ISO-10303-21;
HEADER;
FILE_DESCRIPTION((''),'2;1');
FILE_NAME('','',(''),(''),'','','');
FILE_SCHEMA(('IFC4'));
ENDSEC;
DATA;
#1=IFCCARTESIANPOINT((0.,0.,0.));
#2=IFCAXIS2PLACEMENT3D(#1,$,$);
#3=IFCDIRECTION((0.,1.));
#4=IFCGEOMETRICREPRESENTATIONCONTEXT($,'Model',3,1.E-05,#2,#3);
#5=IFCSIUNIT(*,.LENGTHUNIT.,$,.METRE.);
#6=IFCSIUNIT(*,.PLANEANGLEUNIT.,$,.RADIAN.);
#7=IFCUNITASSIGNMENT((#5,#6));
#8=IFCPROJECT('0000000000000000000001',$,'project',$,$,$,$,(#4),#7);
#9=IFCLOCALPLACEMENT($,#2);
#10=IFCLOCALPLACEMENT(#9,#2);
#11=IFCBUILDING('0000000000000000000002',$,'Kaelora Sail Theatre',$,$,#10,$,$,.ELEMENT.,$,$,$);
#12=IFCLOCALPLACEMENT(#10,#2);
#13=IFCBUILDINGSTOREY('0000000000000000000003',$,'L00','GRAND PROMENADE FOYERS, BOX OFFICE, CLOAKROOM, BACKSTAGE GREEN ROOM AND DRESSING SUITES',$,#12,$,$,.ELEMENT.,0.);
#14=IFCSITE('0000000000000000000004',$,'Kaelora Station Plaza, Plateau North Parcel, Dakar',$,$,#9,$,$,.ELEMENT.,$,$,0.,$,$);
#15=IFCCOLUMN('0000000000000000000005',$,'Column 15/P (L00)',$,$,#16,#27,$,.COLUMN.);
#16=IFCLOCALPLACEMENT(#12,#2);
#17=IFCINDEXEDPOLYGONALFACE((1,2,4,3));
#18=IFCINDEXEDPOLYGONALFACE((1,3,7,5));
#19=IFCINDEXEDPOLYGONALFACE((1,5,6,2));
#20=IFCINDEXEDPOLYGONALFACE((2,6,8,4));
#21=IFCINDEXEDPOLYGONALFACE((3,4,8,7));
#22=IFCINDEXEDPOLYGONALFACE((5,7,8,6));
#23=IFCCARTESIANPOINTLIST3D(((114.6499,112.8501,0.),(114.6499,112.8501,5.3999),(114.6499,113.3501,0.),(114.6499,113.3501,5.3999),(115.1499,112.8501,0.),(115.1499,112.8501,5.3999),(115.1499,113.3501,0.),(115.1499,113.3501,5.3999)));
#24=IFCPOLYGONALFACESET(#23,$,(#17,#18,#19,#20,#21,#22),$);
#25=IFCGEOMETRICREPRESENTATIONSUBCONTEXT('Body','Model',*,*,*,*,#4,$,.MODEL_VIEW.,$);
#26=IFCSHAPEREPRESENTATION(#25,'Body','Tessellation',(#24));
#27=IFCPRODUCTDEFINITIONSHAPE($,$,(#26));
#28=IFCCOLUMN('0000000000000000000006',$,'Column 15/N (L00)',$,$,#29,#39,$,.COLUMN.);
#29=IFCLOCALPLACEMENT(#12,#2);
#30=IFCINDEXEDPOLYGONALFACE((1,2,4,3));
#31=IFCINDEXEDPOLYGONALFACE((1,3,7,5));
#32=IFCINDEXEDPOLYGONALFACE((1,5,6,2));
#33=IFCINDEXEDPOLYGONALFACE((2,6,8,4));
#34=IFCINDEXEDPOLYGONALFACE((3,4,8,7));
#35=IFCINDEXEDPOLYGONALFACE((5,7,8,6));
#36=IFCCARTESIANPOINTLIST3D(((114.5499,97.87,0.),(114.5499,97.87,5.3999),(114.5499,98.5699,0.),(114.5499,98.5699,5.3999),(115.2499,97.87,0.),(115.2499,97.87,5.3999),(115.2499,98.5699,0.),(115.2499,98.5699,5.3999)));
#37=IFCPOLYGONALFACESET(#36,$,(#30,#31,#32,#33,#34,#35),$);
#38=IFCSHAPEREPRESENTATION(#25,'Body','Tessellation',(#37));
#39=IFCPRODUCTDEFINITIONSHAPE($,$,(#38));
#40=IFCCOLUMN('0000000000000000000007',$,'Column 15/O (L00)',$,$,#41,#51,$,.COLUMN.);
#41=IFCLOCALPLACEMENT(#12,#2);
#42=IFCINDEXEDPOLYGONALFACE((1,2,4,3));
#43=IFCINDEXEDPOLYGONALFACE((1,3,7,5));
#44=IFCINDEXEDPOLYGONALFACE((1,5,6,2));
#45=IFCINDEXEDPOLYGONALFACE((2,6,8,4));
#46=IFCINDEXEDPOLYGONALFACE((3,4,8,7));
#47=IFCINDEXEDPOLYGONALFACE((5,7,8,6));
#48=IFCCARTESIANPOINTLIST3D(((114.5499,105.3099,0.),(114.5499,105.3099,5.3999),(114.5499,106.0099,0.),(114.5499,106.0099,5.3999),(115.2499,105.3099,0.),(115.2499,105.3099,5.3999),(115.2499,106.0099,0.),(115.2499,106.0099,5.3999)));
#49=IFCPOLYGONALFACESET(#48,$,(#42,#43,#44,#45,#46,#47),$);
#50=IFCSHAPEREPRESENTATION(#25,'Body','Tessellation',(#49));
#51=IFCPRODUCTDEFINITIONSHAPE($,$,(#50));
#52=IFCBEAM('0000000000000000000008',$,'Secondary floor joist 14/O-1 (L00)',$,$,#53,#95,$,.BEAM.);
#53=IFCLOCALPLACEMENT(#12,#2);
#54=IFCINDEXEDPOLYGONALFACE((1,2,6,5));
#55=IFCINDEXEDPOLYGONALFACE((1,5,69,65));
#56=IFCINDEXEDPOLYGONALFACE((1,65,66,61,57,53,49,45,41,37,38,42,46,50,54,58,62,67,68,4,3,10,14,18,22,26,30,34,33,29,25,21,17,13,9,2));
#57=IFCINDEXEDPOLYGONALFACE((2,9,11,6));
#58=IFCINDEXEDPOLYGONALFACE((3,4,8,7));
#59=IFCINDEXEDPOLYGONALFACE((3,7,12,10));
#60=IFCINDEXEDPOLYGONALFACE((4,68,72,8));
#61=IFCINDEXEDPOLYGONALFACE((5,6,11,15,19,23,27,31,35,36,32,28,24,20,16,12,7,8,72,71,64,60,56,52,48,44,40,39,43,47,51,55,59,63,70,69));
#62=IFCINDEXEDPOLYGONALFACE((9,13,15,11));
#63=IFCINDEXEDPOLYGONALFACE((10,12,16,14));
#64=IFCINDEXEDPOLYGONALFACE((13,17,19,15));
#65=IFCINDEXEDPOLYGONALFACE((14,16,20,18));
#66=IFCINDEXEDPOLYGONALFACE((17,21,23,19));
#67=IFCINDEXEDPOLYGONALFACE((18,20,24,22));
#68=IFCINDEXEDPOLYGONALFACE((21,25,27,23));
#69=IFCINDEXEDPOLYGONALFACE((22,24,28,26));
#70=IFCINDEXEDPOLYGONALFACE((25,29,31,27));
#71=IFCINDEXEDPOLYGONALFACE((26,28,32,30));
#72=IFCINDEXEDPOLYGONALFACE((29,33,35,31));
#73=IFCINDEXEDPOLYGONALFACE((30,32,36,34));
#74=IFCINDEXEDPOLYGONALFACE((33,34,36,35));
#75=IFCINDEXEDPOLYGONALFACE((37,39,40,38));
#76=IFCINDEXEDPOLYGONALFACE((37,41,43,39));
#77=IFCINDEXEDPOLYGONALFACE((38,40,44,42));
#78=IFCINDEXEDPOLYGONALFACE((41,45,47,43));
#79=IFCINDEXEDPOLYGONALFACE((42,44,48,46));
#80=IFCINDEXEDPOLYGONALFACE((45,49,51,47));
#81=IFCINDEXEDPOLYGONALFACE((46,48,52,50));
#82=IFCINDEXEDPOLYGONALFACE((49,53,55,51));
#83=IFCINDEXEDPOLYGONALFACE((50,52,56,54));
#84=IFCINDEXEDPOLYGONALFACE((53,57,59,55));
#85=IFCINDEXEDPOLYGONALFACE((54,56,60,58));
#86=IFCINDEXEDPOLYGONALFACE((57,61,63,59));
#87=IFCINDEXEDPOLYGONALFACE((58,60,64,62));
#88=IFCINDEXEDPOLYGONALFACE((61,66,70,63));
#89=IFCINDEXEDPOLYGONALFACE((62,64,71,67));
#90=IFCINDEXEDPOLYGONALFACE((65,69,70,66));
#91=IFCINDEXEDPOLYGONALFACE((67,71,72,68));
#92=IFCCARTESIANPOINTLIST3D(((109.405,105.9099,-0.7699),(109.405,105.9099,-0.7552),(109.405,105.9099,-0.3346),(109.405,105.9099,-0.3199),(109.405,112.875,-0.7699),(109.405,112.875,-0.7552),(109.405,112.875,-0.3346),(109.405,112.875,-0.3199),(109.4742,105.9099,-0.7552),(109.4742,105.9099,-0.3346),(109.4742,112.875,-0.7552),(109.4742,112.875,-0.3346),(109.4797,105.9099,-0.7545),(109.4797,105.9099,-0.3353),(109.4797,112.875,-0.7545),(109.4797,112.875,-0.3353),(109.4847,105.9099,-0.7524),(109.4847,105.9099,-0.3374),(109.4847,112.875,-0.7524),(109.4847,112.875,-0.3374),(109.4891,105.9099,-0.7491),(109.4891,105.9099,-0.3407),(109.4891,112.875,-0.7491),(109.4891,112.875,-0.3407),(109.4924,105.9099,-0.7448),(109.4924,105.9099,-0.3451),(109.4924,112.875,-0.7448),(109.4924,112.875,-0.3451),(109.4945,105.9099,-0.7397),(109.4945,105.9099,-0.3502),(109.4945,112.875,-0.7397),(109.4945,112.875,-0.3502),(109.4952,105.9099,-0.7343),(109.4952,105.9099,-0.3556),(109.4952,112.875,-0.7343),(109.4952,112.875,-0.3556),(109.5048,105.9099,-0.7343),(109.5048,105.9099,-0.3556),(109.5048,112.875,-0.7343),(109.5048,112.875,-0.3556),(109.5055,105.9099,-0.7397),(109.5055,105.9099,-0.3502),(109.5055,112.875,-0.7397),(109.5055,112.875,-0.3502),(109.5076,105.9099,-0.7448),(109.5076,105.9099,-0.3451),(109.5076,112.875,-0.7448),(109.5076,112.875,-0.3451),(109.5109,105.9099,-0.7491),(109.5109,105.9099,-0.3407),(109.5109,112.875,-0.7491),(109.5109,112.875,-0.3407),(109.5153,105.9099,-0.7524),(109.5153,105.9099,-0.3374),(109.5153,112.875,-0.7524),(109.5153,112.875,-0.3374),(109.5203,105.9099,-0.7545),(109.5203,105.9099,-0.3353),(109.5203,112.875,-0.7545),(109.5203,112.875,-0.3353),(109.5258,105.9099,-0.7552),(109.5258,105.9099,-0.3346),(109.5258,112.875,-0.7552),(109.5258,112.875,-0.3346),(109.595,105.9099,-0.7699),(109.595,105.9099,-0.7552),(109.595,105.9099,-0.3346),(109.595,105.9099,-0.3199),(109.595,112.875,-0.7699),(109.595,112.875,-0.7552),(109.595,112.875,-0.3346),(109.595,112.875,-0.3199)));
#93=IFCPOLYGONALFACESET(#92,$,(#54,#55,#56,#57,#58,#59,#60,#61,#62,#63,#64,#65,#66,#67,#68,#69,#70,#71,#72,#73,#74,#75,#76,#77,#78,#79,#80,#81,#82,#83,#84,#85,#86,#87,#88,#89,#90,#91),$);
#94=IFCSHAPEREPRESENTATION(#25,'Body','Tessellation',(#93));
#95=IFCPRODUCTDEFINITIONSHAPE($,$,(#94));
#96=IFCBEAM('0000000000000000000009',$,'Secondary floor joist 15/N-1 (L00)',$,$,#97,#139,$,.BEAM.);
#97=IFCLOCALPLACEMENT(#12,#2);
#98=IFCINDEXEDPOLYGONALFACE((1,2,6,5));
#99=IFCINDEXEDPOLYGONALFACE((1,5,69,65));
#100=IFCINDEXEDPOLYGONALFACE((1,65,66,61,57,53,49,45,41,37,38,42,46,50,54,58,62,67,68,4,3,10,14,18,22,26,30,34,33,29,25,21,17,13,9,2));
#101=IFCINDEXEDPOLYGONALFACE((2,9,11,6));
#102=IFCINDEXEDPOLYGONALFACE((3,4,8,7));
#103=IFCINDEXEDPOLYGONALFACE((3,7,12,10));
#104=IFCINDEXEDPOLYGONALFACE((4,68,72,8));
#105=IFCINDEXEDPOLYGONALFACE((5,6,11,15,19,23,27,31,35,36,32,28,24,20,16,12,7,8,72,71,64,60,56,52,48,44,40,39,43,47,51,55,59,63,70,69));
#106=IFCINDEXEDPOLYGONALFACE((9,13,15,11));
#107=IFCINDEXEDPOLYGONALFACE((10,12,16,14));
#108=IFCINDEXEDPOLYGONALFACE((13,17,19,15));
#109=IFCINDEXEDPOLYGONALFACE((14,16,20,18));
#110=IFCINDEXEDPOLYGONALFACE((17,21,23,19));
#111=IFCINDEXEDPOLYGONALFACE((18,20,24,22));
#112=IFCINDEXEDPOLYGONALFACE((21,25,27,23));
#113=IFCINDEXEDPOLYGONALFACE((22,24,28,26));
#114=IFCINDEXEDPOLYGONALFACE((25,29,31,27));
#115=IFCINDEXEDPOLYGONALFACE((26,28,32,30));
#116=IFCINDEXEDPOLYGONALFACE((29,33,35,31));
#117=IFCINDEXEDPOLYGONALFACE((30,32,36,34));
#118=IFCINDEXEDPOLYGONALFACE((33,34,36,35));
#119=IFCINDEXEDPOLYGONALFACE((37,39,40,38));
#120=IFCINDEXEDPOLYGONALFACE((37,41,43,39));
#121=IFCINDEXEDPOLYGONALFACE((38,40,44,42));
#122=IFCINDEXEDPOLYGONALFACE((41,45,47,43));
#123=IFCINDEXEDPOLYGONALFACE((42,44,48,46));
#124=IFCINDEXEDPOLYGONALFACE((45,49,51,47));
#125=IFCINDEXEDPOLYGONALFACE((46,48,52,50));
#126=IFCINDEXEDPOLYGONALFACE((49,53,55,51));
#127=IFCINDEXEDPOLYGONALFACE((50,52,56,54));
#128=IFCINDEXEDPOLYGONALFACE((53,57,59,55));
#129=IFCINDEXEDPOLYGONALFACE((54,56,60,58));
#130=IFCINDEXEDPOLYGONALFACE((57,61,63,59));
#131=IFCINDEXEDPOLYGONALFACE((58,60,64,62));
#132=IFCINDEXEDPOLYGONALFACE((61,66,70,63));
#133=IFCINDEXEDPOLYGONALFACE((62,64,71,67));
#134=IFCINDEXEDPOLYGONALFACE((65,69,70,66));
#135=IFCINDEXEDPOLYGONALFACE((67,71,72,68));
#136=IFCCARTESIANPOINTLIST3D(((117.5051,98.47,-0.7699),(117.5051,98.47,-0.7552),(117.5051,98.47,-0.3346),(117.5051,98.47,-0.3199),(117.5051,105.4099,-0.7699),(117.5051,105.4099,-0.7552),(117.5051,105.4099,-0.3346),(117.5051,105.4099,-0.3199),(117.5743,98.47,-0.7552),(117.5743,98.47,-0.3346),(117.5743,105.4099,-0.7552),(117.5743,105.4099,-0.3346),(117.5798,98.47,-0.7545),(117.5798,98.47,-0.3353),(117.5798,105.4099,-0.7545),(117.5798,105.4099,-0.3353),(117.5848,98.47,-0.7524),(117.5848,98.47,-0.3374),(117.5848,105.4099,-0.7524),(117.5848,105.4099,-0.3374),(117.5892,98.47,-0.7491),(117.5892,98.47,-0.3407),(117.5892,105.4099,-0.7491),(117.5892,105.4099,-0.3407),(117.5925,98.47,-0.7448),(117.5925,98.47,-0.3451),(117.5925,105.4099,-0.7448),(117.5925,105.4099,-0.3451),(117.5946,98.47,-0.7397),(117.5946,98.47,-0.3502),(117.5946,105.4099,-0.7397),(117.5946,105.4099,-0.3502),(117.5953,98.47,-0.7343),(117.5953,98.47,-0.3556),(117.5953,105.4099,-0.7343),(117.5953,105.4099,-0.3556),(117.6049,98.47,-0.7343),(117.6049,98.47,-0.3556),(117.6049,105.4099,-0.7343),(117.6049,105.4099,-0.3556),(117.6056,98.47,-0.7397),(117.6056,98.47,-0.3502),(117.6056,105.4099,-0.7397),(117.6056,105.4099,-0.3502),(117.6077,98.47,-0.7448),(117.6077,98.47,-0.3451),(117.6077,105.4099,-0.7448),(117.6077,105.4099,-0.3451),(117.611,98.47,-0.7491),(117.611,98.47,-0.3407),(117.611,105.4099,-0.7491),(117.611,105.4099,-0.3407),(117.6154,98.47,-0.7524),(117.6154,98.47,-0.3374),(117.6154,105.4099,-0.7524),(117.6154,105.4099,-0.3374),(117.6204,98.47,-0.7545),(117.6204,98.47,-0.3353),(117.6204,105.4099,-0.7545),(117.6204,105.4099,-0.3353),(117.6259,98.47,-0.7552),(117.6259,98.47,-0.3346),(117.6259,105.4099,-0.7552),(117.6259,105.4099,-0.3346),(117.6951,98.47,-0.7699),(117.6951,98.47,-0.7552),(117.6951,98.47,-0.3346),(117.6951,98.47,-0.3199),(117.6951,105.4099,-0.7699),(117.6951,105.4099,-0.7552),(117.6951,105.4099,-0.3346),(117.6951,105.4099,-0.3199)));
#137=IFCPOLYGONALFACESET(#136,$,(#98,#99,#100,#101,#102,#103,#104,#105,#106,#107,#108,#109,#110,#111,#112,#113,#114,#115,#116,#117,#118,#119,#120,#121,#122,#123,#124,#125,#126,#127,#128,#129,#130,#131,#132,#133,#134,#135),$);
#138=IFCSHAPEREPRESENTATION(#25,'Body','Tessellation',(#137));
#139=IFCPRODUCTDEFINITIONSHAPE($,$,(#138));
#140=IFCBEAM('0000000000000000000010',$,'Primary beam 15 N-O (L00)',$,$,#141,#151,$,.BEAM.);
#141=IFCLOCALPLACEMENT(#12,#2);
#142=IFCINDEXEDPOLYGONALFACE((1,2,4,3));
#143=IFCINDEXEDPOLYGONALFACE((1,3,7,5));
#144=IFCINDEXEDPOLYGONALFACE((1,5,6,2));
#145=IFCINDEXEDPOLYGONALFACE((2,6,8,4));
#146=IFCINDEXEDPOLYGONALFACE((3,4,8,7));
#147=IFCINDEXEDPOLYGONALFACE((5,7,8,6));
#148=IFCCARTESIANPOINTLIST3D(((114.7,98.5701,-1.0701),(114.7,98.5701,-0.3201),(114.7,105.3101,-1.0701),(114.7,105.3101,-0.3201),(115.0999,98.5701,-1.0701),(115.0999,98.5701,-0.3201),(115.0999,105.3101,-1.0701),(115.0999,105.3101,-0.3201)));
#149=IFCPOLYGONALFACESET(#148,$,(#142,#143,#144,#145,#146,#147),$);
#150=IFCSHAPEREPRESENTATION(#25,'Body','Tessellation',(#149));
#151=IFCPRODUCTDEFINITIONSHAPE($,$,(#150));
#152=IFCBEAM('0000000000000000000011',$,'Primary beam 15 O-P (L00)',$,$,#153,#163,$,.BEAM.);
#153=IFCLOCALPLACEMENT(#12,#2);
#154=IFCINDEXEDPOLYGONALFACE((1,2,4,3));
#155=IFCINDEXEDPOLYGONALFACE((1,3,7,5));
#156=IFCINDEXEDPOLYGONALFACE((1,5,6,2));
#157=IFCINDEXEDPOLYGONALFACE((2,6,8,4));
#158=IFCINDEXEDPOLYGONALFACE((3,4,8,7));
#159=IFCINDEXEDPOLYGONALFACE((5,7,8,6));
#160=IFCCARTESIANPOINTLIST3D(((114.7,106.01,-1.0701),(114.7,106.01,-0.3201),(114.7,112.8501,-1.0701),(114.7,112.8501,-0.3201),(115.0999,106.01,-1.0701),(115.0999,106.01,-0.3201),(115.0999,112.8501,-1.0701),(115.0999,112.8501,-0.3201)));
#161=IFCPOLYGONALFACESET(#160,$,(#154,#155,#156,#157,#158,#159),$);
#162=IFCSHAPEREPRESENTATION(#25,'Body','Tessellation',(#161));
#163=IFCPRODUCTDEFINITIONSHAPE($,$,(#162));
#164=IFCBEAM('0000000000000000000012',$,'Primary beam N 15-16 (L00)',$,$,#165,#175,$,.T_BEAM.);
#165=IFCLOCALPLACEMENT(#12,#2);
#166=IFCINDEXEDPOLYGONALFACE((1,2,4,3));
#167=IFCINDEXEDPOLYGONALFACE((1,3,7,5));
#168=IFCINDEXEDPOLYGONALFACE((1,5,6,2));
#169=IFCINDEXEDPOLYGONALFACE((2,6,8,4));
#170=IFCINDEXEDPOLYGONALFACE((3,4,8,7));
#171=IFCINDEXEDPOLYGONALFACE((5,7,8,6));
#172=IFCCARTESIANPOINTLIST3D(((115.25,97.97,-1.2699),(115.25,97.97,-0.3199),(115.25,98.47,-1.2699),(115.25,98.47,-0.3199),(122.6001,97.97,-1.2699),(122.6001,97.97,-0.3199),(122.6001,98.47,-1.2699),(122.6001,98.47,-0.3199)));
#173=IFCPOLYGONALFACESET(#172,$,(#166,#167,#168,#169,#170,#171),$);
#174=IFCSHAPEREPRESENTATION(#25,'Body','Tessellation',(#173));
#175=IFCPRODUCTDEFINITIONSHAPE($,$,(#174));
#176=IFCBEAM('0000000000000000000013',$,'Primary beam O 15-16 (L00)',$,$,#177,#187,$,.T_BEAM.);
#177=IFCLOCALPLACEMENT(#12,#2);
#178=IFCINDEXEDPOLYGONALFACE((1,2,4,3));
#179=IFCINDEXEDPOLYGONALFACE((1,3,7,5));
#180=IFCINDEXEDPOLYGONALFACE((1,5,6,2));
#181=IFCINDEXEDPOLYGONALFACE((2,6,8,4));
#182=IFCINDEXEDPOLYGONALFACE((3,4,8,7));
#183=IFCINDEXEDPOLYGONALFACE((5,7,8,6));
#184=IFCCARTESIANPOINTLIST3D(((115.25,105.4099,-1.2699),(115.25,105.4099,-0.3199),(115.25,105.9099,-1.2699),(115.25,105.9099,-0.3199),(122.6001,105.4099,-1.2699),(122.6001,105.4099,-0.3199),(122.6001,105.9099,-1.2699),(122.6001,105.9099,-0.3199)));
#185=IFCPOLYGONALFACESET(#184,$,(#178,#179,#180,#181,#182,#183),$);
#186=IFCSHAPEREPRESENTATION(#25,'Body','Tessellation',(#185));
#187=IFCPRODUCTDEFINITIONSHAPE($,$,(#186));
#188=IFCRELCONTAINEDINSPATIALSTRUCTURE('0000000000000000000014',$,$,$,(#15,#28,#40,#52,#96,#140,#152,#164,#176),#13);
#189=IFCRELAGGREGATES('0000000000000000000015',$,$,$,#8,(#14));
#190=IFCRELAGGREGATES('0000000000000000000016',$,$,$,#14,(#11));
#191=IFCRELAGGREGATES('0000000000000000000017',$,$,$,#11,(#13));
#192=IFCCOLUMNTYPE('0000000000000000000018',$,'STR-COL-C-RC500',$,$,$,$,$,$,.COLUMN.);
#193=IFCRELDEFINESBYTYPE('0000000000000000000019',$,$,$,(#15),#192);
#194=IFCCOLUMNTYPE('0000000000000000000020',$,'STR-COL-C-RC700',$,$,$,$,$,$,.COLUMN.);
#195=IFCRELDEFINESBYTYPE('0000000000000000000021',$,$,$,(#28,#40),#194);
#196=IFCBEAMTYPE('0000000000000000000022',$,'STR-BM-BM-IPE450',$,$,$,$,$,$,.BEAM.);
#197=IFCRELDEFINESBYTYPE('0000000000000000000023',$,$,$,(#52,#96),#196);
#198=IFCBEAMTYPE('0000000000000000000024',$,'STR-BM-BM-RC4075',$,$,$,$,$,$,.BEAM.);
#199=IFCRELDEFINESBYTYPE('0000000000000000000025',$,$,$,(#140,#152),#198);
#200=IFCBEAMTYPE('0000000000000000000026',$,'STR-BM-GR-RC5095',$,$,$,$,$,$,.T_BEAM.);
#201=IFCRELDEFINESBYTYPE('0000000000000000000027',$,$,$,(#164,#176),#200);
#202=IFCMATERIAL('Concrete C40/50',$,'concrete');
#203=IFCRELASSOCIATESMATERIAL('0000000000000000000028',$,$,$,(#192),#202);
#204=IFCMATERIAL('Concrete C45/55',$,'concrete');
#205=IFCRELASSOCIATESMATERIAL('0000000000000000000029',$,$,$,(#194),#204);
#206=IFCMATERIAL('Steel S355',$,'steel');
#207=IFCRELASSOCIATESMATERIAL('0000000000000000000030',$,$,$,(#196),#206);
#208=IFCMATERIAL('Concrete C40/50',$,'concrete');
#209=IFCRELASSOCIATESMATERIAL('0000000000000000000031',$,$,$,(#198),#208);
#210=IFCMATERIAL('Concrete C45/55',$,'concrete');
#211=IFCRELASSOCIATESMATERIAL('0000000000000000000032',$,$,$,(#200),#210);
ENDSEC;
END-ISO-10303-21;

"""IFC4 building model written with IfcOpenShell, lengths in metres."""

from ifc_helpers import new_model, si_unit, direction, frame, origin, origin_2d, place, context, subcontext, project, spatial, rectangle, i_section, extrude, material, material_profile, profile_set, type_object, element, save


model = new_model("IFC4")

# Units and contexts
model_context = context("Model", 3, precision=1e-05, world=origin(), true_north=direction((0.0, 1.0)))
body_context = subcontext(model_context, "Body", "Model", "MODEL_VIEW")
ifc_project = project(units=[si_unit("LENGTHUNIT", "METRE"), si_unit("PLANEANGLEUNIT", "RADIAN")], contexts=[model_context])

# Site, building, storey
site_placement = place(None, origin())
site = spatial("IfcSite", under=ifc_project, at=site_placement, Name="Kaelora Station Plaza, Plateau North Parcel, Dakar", CompositionType="ELEMENT", RefElevation=0.0)
building_placement = place(site_placement, origin())
building = spatial("IfcBuilding", under=site, at=building_placement, Name="Kaelora Sail Theatre", CompositionType="ELEMENT")
storey_placement = place(building_placement, origin())
storey = spatial("IfcBuildingStorey", under=building, at=storey_placement, Name="L00", Description="GRAND PROMENADE FOYERS, BOX OFFICE, CLOAKROOM, BACKSTAGE GREEN ROOM AND DRESSING SUITES", CompositionType="ELEMENT", Elevation=0.0)

# Columns
ifc_material_1 = material(Name="Concrete C40/50", Category="concrete")
ifc_material_profile_1 = material_profile(ifc_material_1, rectangle(XDim=0.5, YDim=0.5, at=origin_2d()), Name="RC-COL 500x500")
ifc_profile_set_1 = profile_set([ifc_material_profile_1], Name="Concrete C40/50")
column_type_1 = type_object("IfcColumnType", Name="STR-COL-C-RC500", PredefinedType="COLUMN", material=ifc_profile_set_1)
column_placement = place(storey_placement, frame((114.8999, 113.1001, 0.0), z_axis=(0.0, 0.0, 1.0), x_axis=(1.0, 0.0, 0.0)))
element("IfcColumn", 1, at=column_placement, inside=storey, type_object=column_type_1, Name="Column 15/P (L00)", PredefinedType="COLUMN", context=body_context, shape_type="SweptSolid", body=[
    extrude(rectangle(XDim=0.5, YDim=0.5, at=origin_2d()), origin(), (0.0, 0.0, 1.0), 5.3999),
])
ifc_material_2 = material(Name="Concrete C45/55", Category="concrete")
ifc_material_profile_2 = material_profile(ifc_material_2, rectangle(XDim=0.7, YDim=0.7, at=origin_2d()), Name="RC-COL 700x700")
ifc_profile_set_2 = profile_set([ifc_material_profile_2], Name="Concrete C45/55")
column_type_2 = type_object("IfcColumnType", Name="STR-COL-C-RC700", PredefinedType="COLUMN", material=ifc_profile_set_2)
for number, where, z_axis, x_axis, name in (
    (2, (114.8999, 98.22, 0.0), (0.0, 0.0, 1.0), (1.0, 0.0, 0.0), "Column 15/N (L00)"),
    (3, (114.8999, 105.6599, 0.0), (0.0, 0.0, 1.0), (1.0, 0.0, 0.0), "Column 15/O (L00)"),
):
    element("IfcColumn", number, at=place(storey_placement, frame(where, z_axis=z_axis, x_axis=x_axis)), inside=storey, type_object=column_type_2, Name=name, PredefinedType="COLUMN", context=body_context, shape_type="SweptSolid", body=[
        extrude(rectangle(XDim=0.7, YDim=0.7, at=origin_2d()), origin(), (0.0, 0.0, 1.0), 5.3999),
    ])

# Beams
ifc_material_3 = material(Name="Steel S355", Category="steel")
ifc_material_profile_3 = material_profile(ifc_material_3, i_section(OverallWidth=0.1899, OverallDepth=0.45, WebThickness=0.0095, FlangeThickness=0.0146, FilletRadius=0.021, at=origin_2d()), Name="IPE 450")
ifc_profile_set_3 = profile_set([ifc_material_profile_3], Name="Steel S355")
beam_type_1 = type_object("IfcBeamType", Name="STR-BM-BM-IPE450", PredefinedType="BEAM", material=ifc_profile_set_3)
beam_1_placement = place(storey_placement, frame((109.5, 105.9099, -0.5449), z_axis=(0.0, 1.0, 0.0), x_axis=(-1.0, 0.0, 0.0)))
element("IfcBeam", 4, at=beam_1_placement, inside=storey, type_object=beam_type_1, Name="Secondary floor joist 14/O-1 (L00)", PredefinedType="BEAM", context=body_context, shape_type="SweptSolid", body=[
    extrude(i_section(OverallWidth=0.1899, OverallDepth=0.45, WebThickness=0.0095, FlangeThickness=0.0146, FilletRadius=0.021, at=origin_2d()), origin(), (0.0, 0.0, 1.0), 6.9651),
])
beam_2_placement = place(storey_placement, frame((117.6001, 98.47, -0.5449), z_axis=(0.0, 1.0, 0.0), x_axis=(-1.0, 0.0, 0.0)))
element("IfcBeam", 5, at=beam_2_placement, inside=storey, type_object=beam_type_1, Name="Secondary floor joist 15/N-1 (L00)", PredefinedType="BEAM", context=body_context, shape_type="SweptSolid", body=[
    extrude(i_section(OverallWidth=0.1899, OverallDepth=0.45, WebThickness=0.0095, FlangeThickness=0.0146, FilletRadius=0.021, at=origin_2d()), origin(), (0.0, 0.0, 1.0), 6.9399),
])
ifc_material_4 = material(Name="Concrete C40/50", Category="concrete")
ifc_material_profile_4 = material_profile(ifc_material_4, rectangle(XDim=0.3999, YDim=0.75, at=origin_2d()), Name="RC-BM 400x750")
ifc_profile_set_4 = profile_set([ifc_material_profile_4], Name="Concrete C40/50")
beam_type_2 = type_object("IfcBeamType", Name="STR-BM-BM-RC4075", PredefinedType="BEAM", material=ifc_profile_set_4)
beam_3_placement = place(storey_placement, frame((114.8999, 98.5701, -0.6951), z_axis=(0.0, 1.0, 0.0), x_axis=(-1.0, 0.0, 0.0)))
element("IfcBeam", 6, at=beam_3_placement, inside=storey, type_object=beam_type_2, Name="Primary beam 15 N-O (L00)", PredefinedType="BEAM", context=body_context, shape_type="SweptSolid", body=[
    extrude(rectangle(XDim=0.3999, YDim=0.75, at=origin_2d()), origin(), (0.0, 0.0, 1.0), 6.74),
])
beam_4_placement = place(storey_placement, frame((114.8999, 106.01, -0.6951), z_axis=(0.0, 1.0, 0.0), x_axis=(-1.0, 0.0, 0.0)))
element("IfcBeam", 7, at=beam_4_placement, inside=storey, type_object=beam_type_2, Name="Primary beam 15 O-P (L00)", PredefinedType="BEAM", context=body_context, shape_type="SweptSolid", body=[
    extrude(rectangle(XDim=0.3999, YDim=0.75, at=origin_2d()), origin(), (0.0, 0.0, 1.0), 6.8401),
])
ifc_material_5 = material(Name="Concrete C45/55", Category="concrete")
ifc_material_profile_5 = material_profile(ifc_material_5, rectangle(XDim=0.5, YDim=0.95, at=origin_2d()), Name="RC-GRD 500x950")
ifc_profile_set_5 = profile_set([ifc_material_profile_5], Name="Concrete C45/55")
beam_type_3 = type_object("IfcBeamType", Name="STR-BM-GR-RC5095", PredefinedType="T_BEAM", material=ifc_profile_set_5)
for number, where, z_axis, x_axis, name in (
    (8, (115.25, 98.22, -0.7949), (1.0, 0.0, 0.0), (0.0, 1.0, 0.0), "Primary beam N 15-16 (L00)"),
    (9, (115.25, 105.6599, -0.7949), (1.0, 0.0, 0.0), (0.0, 1.0, 0.0), "Primary beam O 15-16 (L00)"),
):
    element("IfcBeam", number, at=place(storey_placement, frame(where, z_axis=z_axis, x_axis=x_axis)), inside=storey, type_object=beam_type_3, Name=name, PredefinedType="T_BEAM", context=body_context, shape_type="SweptSolid", body=[
        extrude(rectangle(XDim=0.5, YDim=0.95, at=origin_2d()), origin(), (0.0, 0.0, 1.0), 7.3501),
    ])

save(model, "model.ifc")
